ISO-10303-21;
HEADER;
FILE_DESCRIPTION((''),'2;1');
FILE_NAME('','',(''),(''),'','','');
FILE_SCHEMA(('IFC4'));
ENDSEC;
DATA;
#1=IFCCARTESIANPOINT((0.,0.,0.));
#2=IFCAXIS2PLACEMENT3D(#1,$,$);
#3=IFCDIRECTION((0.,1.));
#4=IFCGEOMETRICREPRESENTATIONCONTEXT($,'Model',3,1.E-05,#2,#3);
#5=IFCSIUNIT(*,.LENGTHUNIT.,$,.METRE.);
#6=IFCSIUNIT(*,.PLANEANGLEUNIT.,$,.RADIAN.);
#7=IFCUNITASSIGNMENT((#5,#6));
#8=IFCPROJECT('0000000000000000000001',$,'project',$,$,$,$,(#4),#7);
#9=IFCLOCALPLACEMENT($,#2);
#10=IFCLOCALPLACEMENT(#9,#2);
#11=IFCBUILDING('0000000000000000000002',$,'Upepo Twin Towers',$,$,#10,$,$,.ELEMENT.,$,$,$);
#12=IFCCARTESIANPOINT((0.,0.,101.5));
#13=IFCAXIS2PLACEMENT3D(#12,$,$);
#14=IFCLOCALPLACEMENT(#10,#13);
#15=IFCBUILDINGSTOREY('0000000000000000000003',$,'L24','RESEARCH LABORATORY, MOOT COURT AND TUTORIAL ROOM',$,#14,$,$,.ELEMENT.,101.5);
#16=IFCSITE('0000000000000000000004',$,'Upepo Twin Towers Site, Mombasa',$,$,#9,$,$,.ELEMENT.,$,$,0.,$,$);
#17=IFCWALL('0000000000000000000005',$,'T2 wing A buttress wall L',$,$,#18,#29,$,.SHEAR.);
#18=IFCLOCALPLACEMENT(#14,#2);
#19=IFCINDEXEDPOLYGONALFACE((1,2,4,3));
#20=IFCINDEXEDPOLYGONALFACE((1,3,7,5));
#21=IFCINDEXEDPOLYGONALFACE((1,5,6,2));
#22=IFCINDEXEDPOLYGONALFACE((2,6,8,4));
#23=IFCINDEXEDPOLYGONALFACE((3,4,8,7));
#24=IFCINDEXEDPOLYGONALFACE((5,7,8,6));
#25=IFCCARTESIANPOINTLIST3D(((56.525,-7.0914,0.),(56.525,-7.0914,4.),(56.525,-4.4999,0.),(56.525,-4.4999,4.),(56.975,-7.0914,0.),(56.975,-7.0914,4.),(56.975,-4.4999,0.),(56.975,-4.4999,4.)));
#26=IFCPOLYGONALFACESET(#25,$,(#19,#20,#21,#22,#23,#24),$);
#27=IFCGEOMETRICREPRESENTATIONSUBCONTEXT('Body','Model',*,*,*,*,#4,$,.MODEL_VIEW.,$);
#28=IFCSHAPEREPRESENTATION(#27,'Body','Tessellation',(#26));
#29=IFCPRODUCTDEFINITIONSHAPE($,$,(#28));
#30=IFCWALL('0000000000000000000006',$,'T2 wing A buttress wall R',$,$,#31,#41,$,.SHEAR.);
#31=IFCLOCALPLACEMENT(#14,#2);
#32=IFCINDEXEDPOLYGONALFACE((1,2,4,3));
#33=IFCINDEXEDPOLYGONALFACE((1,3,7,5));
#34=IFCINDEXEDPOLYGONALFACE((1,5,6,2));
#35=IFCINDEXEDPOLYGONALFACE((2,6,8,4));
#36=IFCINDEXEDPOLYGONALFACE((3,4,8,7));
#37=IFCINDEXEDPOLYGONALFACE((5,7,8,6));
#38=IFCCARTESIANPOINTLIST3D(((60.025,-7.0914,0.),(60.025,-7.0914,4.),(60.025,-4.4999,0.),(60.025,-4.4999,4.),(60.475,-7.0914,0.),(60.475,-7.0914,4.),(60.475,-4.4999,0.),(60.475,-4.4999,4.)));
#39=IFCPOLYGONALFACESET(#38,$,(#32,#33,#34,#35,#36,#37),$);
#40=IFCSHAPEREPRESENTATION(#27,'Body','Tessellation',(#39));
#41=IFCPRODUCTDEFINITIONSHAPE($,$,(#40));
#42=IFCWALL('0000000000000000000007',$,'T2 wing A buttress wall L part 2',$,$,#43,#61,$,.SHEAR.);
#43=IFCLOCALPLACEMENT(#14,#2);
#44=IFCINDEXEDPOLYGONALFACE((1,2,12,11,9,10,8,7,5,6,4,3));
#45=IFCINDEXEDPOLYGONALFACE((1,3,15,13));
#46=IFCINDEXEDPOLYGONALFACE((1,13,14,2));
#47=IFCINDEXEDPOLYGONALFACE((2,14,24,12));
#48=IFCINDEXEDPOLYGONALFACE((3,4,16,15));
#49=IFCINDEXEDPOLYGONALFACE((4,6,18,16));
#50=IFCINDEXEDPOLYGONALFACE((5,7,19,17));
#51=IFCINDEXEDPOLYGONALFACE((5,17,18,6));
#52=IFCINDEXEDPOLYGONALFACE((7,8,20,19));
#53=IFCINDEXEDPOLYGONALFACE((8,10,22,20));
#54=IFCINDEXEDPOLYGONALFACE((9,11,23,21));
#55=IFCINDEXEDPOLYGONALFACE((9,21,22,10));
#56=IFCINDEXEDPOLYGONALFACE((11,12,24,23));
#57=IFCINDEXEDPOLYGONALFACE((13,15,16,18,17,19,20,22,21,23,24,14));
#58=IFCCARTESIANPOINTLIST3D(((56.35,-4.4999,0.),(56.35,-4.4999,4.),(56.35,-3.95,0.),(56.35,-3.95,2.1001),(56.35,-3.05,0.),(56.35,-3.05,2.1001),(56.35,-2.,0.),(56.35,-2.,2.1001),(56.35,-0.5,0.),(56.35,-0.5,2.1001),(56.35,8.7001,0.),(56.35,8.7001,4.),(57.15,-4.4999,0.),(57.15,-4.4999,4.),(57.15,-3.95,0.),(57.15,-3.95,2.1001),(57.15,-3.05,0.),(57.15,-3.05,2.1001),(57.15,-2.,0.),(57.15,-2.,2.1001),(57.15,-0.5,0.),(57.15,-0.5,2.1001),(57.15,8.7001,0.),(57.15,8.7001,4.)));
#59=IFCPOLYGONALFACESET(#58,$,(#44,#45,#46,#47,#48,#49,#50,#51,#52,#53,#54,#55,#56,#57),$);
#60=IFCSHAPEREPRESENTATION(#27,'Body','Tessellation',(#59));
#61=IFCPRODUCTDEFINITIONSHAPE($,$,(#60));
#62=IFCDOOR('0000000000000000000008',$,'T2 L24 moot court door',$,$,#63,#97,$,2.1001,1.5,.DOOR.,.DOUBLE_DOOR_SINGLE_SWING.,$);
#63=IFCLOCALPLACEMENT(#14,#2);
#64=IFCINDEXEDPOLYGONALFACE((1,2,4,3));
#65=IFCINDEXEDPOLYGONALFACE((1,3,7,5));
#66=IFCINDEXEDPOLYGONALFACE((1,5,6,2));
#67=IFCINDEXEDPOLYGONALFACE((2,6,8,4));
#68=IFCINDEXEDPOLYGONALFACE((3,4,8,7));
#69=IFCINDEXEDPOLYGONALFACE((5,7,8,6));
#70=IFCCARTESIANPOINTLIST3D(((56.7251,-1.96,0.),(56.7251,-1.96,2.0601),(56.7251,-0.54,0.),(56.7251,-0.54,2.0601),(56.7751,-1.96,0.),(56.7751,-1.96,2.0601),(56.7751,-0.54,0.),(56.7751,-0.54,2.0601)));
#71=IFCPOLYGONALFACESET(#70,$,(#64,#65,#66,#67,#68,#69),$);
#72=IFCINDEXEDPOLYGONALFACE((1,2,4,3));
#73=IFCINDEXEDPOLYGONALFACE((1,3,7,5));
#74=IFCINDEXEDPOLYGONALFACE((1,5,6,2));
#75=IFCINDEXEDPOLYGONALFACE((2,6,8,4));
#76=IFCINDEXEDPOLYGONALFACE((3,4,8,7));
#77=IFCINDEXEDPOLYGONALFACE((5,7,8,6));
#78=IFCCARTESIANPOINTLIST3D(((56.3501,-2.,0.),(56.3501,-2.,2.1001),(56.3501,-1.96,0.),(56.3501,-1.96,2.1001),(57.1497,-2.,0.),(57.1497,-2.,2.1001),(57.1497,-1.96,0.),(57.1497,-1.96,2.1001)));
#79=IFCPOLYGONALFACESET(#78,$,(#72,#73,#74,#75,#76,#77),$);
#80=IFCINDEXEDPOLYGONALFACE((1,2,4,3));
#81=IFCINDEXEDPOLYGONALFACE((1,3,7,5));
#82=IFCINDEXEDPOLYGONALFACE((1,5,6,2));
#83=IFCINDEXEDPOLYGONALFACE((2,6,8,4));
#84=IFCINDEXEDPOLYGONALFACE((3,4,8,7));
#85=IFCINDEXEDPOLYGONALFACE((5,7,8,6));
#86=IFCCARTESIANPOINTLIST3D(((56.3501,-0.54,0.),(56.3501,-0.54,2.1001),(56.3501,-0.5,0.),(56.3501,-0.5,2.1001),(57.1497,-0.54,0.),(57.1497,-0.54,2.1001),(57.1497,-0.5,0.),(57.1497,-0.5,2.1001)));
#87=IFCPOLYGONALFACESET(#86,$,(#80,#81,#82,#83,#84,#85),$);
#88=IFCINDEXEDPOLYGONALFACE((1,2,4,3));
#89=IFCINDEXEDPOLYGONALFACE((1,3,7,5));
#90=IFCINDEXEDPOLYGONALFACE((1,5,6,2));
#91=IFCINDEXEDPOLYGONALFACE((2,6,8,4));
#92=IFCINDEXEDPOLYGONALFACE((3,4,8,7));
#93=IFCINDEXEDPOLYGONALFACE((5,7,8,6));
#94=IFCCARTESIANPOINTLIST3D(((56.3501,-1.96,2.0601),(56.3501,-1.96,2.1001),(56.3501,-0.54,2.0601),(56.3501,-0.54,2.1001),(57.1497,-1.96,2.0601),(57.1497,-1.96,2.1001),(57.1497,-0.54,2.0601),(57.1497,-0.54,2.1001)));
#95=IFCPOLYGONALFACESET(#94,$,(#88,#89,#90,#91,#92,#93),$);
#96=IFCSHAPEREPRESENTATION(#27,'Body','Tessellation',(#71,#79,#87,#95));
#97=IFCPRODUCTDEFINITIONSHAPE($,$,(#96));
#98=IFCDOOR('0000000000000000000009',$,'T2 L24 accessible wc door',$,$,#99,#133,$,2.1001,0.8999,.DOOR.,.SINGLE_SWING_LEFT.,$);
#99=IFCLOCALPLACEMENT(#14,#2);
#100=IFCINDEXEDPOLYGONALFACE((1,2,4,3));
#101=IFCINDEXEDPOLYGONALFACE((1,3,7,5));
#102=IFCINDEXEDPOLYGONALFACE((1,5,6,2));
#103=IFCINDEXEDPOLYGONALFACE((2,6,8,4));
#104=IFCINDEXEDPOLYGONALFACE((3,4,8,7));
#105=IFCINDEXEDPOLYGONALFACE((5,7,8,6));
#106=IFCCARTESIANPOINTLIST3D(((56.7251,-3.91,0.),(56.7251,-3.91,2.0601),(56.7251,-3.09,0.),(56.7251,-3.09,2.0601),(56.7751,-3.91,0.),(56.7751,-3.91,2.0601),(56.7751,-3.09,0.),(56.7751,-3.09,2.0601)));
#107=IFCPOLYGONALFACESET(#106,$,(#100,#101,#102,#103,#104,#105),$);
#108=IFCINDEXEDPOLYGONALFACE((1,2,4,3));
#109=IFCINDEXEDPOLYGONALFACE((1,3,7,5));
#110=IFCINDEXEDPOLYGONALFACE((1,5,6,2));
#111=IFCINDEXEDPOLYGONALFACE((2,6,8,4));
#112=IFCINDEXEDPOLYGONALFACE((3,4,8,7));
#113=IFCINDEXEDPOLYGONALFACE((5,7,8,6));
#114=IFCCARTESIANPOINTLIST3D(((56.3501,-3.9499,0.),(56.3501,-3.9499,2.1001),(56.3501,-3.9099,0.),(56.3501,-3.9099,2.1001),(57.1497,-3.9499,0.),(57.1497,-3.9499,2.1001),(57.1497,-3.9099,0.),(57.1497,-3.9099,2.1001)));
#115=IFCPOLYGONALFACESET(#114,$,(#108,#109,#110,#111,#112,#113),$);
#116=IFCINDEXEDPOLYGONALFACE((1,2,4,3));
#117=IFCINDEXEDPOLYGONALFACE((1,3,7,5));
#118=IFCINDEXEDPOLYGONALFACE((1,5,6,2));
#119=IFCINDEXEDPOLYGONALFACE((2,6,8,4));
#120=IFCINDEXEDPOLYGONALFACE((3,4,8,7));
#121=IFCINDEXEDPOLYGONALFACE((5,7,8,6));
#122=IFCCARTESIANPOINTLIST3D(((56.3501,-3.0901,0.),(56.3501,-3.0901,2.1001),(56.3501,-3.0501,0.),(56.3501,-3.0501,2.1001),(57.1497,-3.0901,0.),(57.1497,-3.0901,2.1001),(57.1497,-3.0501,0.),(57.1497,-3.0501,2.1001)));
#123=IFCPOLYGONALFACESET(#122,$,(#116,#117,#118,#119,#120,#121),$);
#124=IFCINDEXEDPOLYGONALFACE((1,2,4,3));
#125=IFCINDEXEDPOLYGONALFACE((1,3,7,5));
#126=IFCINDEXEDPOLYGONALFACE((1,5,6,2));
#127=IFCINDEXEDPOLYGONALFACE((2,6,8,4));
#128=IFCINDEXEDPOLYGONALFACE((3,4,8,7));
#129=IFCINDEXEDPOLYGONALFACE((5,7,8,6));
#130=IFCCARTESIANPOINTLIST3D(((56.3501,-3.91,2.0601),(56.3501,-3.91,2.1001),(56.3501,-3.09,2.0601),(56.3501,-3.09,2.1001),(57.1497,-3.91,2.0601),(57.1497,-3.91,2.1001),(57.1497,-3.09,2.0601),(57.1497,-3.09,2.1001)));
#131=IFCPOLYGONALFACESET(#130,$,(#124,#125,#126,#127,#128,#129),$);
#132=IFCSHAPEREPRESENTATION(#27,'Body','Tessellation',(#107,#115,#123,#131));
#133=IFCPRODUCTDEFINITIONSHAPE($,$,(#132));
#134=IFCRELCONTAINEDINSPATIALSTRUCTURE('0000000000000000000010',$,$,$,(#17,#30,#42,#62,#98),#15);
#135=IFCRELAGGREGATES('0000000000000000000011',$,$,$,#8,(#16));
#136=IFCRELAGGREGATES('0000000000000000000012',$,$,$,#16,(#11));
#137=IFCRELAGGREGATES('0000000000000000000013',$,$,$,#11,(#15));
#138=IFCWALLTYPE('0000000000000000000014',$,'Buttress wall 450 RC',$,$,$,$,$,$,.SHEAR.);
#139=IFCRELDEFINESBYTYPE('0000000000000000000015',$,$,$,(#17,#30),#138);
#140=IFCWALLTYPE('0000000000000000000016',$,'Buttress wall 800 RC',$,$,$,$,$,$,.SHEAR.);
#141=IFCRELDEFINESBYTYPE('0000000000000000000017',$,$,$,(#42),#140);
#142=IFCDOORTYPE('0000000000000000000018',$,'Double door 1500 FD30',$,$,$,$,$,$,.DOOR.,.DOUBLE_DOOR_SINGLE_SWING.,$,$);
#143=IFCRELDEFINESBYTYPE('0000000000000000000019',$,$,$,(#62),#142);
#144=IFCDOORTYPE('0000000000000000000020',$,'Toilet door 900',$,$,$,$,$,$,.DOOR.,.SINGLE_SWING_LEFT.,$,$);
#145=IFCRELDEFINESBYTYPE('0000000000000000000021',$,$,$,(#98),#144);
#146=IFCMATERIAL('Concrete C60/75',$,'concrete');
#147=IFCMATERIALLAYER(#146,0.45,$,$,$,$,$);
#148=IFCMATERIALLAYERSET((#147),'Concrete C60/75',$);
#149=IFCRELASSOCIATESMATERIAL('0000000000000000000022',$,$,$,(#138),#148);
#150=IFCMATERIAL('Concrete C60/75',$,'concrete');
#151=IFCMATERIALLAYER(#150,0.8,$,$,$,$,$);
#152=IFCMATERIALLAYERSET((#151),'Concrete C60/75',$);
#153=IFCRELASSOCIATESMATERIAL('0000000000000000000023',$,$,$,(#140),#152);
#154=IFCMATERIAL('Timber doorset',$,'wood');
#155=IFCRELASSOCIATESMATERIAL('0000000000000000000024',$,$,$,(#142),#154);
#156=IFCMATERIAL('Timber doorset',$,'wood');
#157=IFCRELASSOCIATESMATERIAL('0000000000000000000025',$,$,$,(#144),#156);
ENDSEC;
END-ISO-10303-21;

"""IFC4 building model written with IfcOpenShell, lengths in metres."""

from ifc_helpers import new_model, si_unit, direction, frame, frame_2d, origin, place, context, subcontext, project, spatial, rectangle, extrude, material, layer, layer_set, type_object, element, fill, save


model = new_model("IFC4")

# Units and contexts
model_context = context("Model", 3, precision=1e-05, world=origin(), true_north=direction((0.0, 1.0)))
body_context = subcontext(model_context, "Body", "Model", "MODEL_VIEW")
ifc_project = project(units=[si_unit("LENGTHUNIT", "METRE"), si_unit("PLANEANGLEUNIT", "RADIAN")], contexts=[model_context])

# Site, building, storey
site_placement = place(None, origin())
site = spatial("IfcSite", under=ifc_project, at=site_placement, Name="Upepo Twin Towers Site, Mombasa", CompositionType="ELEMENT", RefElevation=0.0)
building_placement = place(site_placement, origin())
building = spatial("IfcBuilding", under=site, at=building_placement, Name="Upepo Twin Towers", CompositionType="ELEMENT")
storey_placement = place(building_placement, frame((0.0, 0.0, 101.5)))
storey = spatial("IfcBuildingStorey", under=building, at=storey_placement, Name="L24", Description="RESEARCH LABORATORY, MOOT COURT AND TUTORIAL ROOM", CompositionType="ELEMENT", Elevation=101.5)

# Walls
ifc_material_1 = material(Name="Concrete C60/75", Category="concrete")
ifc_layer_1 = layer(ifc_material_1, 0.45)
ifc_layer_set_1 = layer_set([ifc_layer_1], Name="Concrete C60/75")
wall_type_1 = type_object("IfcWallType", Name="Buttress wall 450 RC", PredefinedType="SHEAR", material=ifc_layer_set_1)
for number, where, z_axis, x_axis, name in (
    (1, (56.75, -7.0916, 0.0), (0.0, 0.0, 1.0), (0.0, 1.0, 0.0), "T2 wing A buttress wall L"),
    (2, (60.25, -7.0916, 0.0), (0.0, 0.0, 1.0), (0.0, 1.0, 0.0), "T2 wing A buttress wall R"),
):
    element("IfcWall", number, at=place(storey_placement, frame(where, z_axis=z_axis, x_axis=x_axis)), inside=storey, type_object=wall_type_1, Name=name, PredefinedType="SHEAR", context=body_context, shape_type="SweptSolid", body=[
        extrude(rectangle(XDim=2.5916, YDim=0.45, at=frame_2d((1.2959, 0.0))), origin(), (0.0, 0.0, 1.0), 4.0),
    ])

# Wall, openings, doors
ifc_material_2 = material(Name="Concrete C60/75", Category="concrete")
ifc_layer_2 = layer(ifc_material_2, 0.8)
ifc_layer_set_2 = layer_set([ifc_layer_2], Name="Concrete C60/75")
wall_type_2 = type_object("IfcWallType", Name="Buttress wall 800 RC", PredefinedType="SHEAR", material=ifc_layer_set_2)
wall_1_placement = place(storey_placement, frame((56.75, -4.5, 0.0), z_axis=(0.0, 0.0, 1.0), x_axis=(0.0, 1.0, 0.0)))
wall_1 = element("IfcWall", 3, at=wall_1_placement, inside=storey, type_object=wall_type_2, Name="T2 wing A buttress wall L part 2", PredefinedType="SHEAR", context=body_context, shape_type="SweptSolid", body=[
    extrude(rectangle(XDim=13.2, YDim=0.8, at=frame_2d((6.6001, 0.0))), origin(), (0.0, 0.0, 1.0), 4.0),
])
opening_1_placement = place(wall_1_placement, frame((0.55, 0.0, 0.0)))
opening_1 = element("IfcOpeningElement", 4, at=opening_1_placement, cuts=wall_1, PredefinedType="OPENING", context=body_context, shape_type="SweptSolid", body=[
    extrude(rectangle(XDim=0.8999, YDim=2.1001, at=frame_2d((0.45, 1.05))), frame((0.0, 0.4099, 0.0), z_axis=(0.0, -1.0, 0.0), x_axis=(1.0, 0.0, 0.0)), (0.0, 0.0, 1.0), 0.8201),
])
opening_2_placement = place(wall_1_placement, frame((2.5, 0.0, 0.0)))
opening_2 = element("IfcOpeningElement", 5, at=opening_2_placement, cuts=wall_1, PredefinedType="OPENING", context=body_context, shape_type="SweptSolid", body=[
    extrude(rectangle(XDim=1.5, YDim=2.1001, at=frame_2d((0.75, 1.05))), frame((0.0, 0.4099, 0.0), z_axis=(0.0, -1.0, 0.0), x_axis=(1.0, 0.0, 0.0)), (0.0, 0.0, 1.0), 0.8201),
])
ifc_material_3 = material(Name="Timber doorset", Category="wood")
door_type_1 = type_object("IfcDoorType", Name="Double door 1500 FD30", OperationType="DOUBLE_DOOR_SINGLE_SWING", PredefinedType="DOOR", material=ifc_material_3)
door_1_placement = place(opening_2_placement, origin())
door_1 = element("IfcDoor", 6, at=door_1_placement, inside=storey, type_object=door_type_1, Name="T2 L24 moot court door", OperationType="DOUBLE_DOOR_SINGLE_SWING", OverallHeight=2.1001, OverallWidth=1.5, PredefinedType="DOOR", context=body_context, shape_type="SweptSolid", body=[
    extrude(rectangle(XDim=1.42, YDim=2.0601, at=frame_2d((0.75, 1.03))), frame((0.0, 0.0249, 0.0), z_axis=(0.0, -1.0, 0.0), x_axis=(1.0, 0.0, 0.0)), (0.0, 0.0, 1.0), 0.05),
    extrude(rectangle(XDim=0.04, YDim=2.1001, at=frame_2d((0.02, 1.05))), frame((0.0, 0.3999, 0.0), z_axis=(0.0, -1.0, 0.0), x_axis=(1.0, 0.0, 0.0)), (0.0, 0.0, 1.0), 0.7996),
    extrude(rectangle(XDim=0.04, YDim=2.1001, at=frame_2d((1.48, 1.05))), frame((0.0, 0.3999, 0.0), z_axis=(0.0, -1.0, 0.0), x_axis=(1.0, 0.0, 0.0)), (0.0, 0.0, 1.0), 0.7996),
    extrude(rectangle(XDim=1.42, YDim=0.04, at=frame_2d((0.75, 2.0801))), frame((0.0, 0.3999, 0.0), z_axis=(0.0, -1.0, 0.0), x_axis=(1.0, 0.0, 0.0)), (0.0, 0.0, 1.0), 0.7996),
])
fill(opening_2, door_1)
ifc_material_4 = material(Name="Timber doorset", Category="wood")
door_type_2 = type_object("IfcDoorType", Name="Toilet door 900", OperationType="SINGLE_SWING_LEFT", PredefinedType="DOOR", material=ifc_material_4)
door_2_placement = place(opening_1_placement, origin())
door_2 = element("IfcDoor", 7, at=door_2_placement, inside=storey, type_object=door_type_2, Name="T2 L24 accessible wc door", OperationType="SINGLE_SWING_LEFT", OverallHeight=2.1001, OverallWidth=0.8999, PredefinedType="DOOR", context=body_context, shape_type="SweptSolid", body=[
    extrude(rectangle(XDim=0.8199, YDim=2.0601, at=frame_2d((0.45, 1.03))), frame((0.0, 0.0249, 0.0), z_axis=(0.0, -1.0, 0.0), x_axis=(1.0, 0.0, 0.0)), (0.0, 0.0, 1.0), 0.05),
    extrude(rectangle(XDim=0.04, YDim=2.1001, at=frame_2d((0.02, 1.05))), frame((0.0, 0.3999, 0.0), z_axis=(0.0, -1.0, 0.0), x_axis=(1.0, 0.0, 0.0)), (0.0, 0.0, 1.0), 0.7996),
    extrude(rectangle(XDim=0.04, YDim=2.1001, at=frame_2d((0.8799, 1.05))), frame((0.0, 0.3999, 0.0), z_axis=(0.0, -1.0, 0.0), x_axis=(1.0, 0.0, 0.0)), (0.0, 0.0, 1.0), 0.7996),
    extrude(rectangle(XDim=0.8199, YDim=0.04, at=frame_2d((0.45, 2.0801))), frame((0.0, 0.3999, 0.0), z_axis=(0.0, -1.0, 0.0), x_axis=(1.0, 0.0, 0.0)), (0.0, 0.0, 1.0), 0.7996),
])
fill(opening_1, door_2)

save(model, "model.ifc")
